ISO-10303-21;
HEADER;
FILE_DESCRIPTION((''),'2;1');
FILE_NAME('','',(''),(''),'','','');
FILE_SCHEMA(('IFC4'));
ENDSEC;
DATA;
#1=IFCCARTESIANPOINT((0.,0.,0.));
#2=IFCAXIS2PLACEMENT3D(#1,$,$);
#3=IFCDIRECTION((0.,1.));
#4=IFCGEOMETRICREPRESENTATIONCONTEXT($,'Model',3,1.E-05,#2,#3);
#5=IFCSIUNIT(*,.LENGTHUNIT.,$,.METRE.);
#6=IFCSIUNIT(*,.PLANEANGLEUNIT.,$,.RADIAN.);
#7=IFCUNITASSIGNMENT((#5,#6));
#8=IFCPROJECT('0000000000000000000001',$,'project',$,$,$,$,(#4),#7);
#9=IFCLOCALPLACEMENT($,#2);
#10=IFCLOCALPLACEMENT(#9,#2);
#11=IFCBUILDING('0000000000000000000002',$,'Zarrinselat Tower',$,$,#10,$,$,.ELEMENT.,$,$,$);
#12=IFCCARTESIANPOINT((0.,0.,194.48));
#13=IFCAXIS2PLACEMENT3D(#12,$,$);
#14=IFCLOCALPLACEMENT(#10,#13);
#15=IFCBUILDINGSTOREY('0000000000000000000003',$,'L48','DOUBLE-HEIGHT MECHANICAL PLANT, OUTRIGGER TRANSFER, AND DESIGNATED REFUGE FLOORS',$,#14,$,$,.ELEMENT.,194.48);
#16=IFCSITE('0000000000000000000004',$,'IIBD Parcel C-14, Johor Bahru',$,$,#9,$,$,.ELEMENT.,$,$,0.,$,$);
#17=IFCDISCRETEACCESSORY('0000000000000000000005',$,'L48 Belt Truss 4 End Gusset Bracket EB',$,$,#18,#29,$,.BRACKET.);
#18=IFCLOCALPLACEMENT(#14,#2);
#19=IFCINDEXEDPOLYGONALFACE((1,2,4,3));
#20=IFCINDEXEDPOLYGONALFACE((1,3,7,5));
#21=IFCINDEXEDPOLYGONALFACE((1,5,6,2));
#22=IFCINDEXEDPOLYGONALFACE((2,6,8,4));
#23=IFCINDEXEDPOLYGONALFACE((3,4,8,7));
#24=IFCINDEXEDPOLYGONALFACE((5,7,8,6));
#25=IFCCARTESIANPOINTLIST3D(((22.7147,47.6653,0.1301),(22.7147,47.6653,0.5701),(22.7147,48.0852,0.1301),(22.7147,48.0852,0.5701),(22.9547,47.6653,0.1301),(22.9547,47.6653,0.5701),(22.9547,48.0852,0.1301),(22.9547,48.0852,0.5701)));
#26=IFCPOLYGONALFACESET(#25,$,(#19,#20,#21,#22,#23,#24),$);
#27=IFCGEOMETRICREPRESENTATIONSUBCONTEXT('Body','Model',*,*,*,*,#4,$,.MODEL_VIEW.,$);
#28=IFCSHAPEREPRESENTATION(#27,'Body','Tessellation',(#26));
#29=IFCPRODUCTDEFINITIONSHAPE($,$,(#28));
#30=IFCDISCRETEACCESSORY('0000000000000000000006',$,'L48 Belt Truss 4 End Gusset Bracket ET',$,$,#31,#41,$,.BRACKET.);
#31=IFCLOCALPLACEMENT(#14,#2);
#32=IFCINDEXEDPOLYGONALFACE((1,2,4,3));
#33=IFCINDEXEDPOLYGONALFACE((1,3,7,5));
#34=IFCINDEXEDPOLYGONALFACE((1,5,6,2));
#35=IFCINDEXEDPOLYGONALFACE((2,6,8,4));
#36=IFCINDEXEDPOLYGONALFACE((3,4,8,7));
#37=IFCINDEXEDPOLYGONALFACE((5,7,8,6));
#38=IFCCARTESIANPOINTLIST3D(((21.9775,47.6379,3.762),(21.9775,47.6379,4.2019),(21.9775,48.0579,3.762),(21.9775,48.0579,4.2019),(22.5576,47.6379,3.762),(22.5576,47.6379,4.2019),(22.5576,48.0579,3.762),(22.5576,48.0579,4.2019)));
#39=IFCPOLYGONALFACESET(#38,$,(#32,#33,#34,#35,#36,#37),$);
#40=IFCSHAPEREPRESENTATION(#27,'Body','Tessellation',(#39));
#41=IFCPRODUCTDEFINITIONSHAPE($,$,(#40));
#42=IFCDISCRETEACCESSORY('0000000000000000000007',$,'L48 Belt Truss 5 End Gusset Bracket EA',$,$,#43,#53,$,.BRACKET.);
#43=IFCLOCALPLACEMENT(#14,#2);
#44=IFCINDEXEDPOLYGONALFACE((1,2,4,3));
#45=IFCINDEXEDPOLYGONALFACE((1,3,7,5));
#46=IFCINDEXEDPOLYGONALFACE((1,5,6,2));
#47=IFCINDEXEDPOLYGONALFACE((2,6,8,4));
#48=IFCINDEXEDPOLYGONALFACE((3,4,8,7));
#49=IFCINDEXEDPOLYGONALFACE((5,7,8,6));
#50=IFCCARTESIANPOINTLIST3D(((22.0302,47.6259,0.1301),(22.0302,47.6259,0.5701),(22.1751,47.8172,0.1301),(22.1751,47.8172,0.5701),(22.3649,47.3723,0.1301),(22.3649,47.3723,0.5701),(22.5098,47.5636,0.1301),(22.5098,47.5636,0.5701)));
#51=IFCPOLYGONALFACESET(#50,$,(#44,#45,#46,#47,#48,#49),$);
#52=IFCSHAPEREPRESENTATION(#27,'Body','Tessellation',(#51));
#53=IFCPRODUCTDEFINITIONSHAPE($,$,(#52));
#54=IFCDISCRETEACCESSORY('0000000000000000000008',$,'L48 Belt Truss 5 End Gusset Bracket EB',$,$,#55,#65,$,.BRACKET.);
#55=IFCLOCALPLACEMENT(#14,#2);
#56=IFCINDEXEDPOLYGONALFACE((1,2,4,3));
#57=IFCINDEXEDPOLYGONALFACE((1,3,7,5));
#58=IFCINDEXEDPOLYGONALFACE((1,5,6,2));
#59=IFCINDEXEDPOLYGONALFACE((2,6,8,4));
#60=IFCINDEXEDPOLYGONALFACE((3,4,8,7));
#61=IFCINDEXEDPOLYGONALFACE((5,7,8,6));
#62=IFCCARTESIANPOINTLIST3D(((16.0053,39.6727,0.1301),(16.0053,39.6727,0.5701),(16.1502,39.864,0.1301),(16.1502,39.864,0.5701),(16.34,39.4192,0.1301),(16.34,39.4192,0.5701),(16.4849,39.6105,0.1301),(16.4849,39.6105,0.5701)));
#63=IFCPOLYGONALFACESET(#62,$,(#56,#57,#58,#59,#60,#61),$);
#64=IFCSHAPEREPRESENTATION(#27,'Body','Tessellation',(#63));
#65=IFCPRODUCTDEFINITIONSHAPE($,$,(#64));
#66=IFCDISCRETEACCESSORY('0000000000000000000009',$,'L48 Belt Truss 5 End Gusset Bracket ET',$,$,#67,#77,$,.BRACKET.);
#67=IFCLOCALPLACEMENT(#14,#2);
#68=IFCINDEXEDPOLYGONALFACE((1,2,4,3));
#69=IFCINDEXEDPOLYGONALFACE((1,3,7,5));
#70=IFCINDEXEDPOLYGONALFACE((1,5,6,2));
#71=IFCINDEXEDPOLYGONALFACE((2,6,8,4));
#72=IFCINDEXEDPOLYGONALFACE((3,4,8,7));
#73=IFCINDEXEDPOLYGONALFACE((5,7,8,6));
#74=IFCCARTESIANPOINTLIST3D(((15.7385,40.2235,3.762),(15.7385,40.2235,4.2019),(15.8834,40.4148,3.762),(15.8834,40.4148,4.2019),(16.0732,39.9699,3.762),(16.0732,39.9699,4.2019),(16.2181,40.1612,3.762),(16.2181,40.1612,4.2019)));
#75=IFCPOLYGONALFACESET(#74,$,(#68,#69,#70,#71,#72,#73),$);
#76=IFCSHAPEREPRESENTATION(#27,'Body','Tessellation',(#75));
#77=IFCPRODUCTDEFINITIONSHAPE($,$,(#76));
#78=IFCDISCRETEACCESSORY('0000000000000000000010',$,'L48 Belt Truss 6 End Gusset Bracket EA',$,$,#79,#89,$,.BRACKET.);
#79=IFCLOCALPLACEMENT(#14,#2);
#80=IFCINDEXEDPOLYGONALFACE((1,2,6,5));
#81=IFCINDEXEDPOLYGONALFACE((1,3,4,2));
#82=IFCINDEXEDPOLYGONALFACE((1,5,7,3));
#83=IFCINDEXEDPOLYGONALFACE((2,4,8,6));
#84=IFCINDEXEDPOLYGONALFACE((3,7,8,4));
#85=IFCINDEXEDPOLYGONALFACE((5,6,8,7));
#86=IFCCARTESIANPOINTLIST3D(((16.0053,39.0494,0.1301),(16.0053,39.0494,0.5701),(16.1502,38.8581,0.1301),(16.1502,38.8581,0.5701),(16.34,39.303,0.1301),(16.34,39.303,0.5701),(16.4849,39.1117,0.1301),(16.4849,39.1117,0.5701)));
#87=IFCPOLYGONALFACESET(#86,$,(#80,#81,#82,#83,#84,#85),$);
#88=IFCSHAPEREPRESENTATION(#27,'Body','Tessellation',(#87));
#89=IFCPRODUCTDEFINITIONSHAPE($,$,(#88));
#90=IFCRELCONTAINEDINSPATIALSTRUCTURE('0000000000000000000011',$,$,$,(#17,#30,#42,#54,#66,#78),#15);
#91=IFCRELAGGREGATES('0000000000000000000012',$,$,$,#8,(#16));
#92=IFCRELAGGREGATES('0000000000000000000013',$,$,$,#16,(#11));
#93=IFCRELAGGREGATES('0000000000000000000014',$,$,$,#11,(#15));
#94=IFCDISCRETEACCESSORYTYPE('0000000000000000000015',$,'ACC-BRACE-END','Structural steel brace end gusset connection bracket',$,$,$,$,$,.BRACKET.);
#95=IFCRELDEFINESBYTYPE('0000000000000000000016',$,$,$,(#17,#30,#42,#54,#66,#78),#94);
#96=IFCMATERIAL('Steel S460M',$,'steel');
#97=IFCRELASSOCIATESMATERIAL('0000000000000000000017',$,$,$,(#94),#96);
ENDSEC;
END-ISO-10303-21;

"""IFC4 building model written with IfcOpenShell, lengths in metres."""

from ifc_helpers import new_model, si_unit, direction, frame, origin, origin_2d, place, context, subcontext, project, spatial, rectangle, extrude, material, type_object, element, save


model = new_model("IFC4")

# Units and contexts
model_context = context("Model", 3, precision=1e-05, world=origin(), true_north=direction((0.0, 1.0)))
body_context = subcontext(model_context, "Body", "Model", "MODEL_VIEW")
ifc_project = project(units=[si_unit("LENGTHUNIT", "METRE"), si_unit("PLANEANGLEUNIT", "RADIAN")], contexts=[model_context])

# Site, building, storey
site_placement = place(None, origin())
site = spatial("IfcSite", under=ifc_project, at=site_placement, Name="IIBD Parcel C-14, Johor Bahru", CompositionType="ELEMENT", RefElevation=0.0)
building_placement = place(site_placement, origin())
building = spatial("IfcBuilding", under=site, at=building_placement, Name="Zarrinselat Tower", CompositionType="ELEMENT")
storey_placement = place(building_placement, frame((0.0, 0.0, 194.48)))
storey = spatial("IfcBuildingStorey", under=building, at=storey_placement, Name="L48", Description="DOUBLE-HEIGHT MECHANICAL PLANT, OUTRIGGER TRANSFER, AND DESIGNATED REFUGE FLOORS", CompositionType="ELEMENT", Elevation=194.48)

# Discrete accessories
ifc_material_1 = material(Name="Steel S460M", Category="steel")
discrete_accessory_type = type_object("IfcDiscreteAccessoryType", Name="ACC-BRACE-END", Description="Structural steel brace end gusset connection bracket", PredefinedType="BRACKET", material=ifc_material_1)
discrete_accessory_1_placement = place(storey_placement, frame((22.8347, 47.8752, 0.1301), z_axis=(0.0, 0.0, 1.0), x_axis=(-1.0, 0.0, 0.0)))
element("IfcDiscreteAccessory", 1, at=discrete_accessory_1_placement, inside=storey, type_object=discrete_accessory_type, Name="L48 Belt Truss 4 End Gusset Bracket EB", PredefinedType="BRACKET", context=body_context, shape_type="SweptSolid", body=[
    extrude(rectangle(XDim=0.24, YDim=0.4199, at=origin_2d()), origin(), (0.0, 0.0, 1.0), 0.4399),
])
discrete_accessory_2_placement = place(storey_placement, frame((22.2676, 47.8479, 3.762), z_axis=(0.0, 0.0, 1.0), x_axis=(-1.0, 0.0, 0.0)))
element("IfcDiscreteAccessory", 2, at=discrete_accessory_2_placement, inside=storey, type_object=discrete_accessory_type, Name="L48 Belt Truss 4 End Gusset Bracket ET", PredefinedType="BRACKET", context=body_context, shape_type="SweptSolid", body=[
    extrude(rectangle(XDim=0.5801, YDim=0.4199, at=origin_2d()), origin(), (0.0, 0.0, 1.0), 0.4399),
])
for number, where, z_axis, x_axis, name in (
    (3, (22.27, 47.5947, 0.1301), (0.0, 0.0, 1.0), (-0.603854, -0.797095, 0.0), "L48 Belt Truss 5 End Gusset Bracket EA"),
    (4, (16.2451, 39.6416, 0.1301), (0.0, 0.0, 1.0), (-0.603854, -0.797095, 0.0), "L48 Belt Truss 5 End Gusset Bracket EB"),
    (5, (15.9783, 40.1924, 3.762), (0.0, 0.0, 1.0), (-0.603854, -0.797095, 0.0), "L48 Belt Truss 5 End Gusset Bracket ET"),
    (6, (16.2451, 39.0806, 0.1301), (0.0, 0.0, 1.0), (0.603854, -0.797095, 0.0), "L48 Belt Truss 6 End Gusset Bracket EA"),
):
    element("IfcDiscreteAccessory", number, at=place(storey_placement, frame(where, z_axis=z_axis, x_axis=x_axis)), inside=storey, type_object=discrete_accessory_type, Name=name, PredefinedType="BRACKET", context=body_context, shape_type="SweptSolid", body=[
        extrude(rectangle(XDim=0.24, YDim=0.4199, at=origin_2d()), origin(), (0.0, 0.0, 1.0), 0.4399),
    ])

save(model, "model.ifc")
